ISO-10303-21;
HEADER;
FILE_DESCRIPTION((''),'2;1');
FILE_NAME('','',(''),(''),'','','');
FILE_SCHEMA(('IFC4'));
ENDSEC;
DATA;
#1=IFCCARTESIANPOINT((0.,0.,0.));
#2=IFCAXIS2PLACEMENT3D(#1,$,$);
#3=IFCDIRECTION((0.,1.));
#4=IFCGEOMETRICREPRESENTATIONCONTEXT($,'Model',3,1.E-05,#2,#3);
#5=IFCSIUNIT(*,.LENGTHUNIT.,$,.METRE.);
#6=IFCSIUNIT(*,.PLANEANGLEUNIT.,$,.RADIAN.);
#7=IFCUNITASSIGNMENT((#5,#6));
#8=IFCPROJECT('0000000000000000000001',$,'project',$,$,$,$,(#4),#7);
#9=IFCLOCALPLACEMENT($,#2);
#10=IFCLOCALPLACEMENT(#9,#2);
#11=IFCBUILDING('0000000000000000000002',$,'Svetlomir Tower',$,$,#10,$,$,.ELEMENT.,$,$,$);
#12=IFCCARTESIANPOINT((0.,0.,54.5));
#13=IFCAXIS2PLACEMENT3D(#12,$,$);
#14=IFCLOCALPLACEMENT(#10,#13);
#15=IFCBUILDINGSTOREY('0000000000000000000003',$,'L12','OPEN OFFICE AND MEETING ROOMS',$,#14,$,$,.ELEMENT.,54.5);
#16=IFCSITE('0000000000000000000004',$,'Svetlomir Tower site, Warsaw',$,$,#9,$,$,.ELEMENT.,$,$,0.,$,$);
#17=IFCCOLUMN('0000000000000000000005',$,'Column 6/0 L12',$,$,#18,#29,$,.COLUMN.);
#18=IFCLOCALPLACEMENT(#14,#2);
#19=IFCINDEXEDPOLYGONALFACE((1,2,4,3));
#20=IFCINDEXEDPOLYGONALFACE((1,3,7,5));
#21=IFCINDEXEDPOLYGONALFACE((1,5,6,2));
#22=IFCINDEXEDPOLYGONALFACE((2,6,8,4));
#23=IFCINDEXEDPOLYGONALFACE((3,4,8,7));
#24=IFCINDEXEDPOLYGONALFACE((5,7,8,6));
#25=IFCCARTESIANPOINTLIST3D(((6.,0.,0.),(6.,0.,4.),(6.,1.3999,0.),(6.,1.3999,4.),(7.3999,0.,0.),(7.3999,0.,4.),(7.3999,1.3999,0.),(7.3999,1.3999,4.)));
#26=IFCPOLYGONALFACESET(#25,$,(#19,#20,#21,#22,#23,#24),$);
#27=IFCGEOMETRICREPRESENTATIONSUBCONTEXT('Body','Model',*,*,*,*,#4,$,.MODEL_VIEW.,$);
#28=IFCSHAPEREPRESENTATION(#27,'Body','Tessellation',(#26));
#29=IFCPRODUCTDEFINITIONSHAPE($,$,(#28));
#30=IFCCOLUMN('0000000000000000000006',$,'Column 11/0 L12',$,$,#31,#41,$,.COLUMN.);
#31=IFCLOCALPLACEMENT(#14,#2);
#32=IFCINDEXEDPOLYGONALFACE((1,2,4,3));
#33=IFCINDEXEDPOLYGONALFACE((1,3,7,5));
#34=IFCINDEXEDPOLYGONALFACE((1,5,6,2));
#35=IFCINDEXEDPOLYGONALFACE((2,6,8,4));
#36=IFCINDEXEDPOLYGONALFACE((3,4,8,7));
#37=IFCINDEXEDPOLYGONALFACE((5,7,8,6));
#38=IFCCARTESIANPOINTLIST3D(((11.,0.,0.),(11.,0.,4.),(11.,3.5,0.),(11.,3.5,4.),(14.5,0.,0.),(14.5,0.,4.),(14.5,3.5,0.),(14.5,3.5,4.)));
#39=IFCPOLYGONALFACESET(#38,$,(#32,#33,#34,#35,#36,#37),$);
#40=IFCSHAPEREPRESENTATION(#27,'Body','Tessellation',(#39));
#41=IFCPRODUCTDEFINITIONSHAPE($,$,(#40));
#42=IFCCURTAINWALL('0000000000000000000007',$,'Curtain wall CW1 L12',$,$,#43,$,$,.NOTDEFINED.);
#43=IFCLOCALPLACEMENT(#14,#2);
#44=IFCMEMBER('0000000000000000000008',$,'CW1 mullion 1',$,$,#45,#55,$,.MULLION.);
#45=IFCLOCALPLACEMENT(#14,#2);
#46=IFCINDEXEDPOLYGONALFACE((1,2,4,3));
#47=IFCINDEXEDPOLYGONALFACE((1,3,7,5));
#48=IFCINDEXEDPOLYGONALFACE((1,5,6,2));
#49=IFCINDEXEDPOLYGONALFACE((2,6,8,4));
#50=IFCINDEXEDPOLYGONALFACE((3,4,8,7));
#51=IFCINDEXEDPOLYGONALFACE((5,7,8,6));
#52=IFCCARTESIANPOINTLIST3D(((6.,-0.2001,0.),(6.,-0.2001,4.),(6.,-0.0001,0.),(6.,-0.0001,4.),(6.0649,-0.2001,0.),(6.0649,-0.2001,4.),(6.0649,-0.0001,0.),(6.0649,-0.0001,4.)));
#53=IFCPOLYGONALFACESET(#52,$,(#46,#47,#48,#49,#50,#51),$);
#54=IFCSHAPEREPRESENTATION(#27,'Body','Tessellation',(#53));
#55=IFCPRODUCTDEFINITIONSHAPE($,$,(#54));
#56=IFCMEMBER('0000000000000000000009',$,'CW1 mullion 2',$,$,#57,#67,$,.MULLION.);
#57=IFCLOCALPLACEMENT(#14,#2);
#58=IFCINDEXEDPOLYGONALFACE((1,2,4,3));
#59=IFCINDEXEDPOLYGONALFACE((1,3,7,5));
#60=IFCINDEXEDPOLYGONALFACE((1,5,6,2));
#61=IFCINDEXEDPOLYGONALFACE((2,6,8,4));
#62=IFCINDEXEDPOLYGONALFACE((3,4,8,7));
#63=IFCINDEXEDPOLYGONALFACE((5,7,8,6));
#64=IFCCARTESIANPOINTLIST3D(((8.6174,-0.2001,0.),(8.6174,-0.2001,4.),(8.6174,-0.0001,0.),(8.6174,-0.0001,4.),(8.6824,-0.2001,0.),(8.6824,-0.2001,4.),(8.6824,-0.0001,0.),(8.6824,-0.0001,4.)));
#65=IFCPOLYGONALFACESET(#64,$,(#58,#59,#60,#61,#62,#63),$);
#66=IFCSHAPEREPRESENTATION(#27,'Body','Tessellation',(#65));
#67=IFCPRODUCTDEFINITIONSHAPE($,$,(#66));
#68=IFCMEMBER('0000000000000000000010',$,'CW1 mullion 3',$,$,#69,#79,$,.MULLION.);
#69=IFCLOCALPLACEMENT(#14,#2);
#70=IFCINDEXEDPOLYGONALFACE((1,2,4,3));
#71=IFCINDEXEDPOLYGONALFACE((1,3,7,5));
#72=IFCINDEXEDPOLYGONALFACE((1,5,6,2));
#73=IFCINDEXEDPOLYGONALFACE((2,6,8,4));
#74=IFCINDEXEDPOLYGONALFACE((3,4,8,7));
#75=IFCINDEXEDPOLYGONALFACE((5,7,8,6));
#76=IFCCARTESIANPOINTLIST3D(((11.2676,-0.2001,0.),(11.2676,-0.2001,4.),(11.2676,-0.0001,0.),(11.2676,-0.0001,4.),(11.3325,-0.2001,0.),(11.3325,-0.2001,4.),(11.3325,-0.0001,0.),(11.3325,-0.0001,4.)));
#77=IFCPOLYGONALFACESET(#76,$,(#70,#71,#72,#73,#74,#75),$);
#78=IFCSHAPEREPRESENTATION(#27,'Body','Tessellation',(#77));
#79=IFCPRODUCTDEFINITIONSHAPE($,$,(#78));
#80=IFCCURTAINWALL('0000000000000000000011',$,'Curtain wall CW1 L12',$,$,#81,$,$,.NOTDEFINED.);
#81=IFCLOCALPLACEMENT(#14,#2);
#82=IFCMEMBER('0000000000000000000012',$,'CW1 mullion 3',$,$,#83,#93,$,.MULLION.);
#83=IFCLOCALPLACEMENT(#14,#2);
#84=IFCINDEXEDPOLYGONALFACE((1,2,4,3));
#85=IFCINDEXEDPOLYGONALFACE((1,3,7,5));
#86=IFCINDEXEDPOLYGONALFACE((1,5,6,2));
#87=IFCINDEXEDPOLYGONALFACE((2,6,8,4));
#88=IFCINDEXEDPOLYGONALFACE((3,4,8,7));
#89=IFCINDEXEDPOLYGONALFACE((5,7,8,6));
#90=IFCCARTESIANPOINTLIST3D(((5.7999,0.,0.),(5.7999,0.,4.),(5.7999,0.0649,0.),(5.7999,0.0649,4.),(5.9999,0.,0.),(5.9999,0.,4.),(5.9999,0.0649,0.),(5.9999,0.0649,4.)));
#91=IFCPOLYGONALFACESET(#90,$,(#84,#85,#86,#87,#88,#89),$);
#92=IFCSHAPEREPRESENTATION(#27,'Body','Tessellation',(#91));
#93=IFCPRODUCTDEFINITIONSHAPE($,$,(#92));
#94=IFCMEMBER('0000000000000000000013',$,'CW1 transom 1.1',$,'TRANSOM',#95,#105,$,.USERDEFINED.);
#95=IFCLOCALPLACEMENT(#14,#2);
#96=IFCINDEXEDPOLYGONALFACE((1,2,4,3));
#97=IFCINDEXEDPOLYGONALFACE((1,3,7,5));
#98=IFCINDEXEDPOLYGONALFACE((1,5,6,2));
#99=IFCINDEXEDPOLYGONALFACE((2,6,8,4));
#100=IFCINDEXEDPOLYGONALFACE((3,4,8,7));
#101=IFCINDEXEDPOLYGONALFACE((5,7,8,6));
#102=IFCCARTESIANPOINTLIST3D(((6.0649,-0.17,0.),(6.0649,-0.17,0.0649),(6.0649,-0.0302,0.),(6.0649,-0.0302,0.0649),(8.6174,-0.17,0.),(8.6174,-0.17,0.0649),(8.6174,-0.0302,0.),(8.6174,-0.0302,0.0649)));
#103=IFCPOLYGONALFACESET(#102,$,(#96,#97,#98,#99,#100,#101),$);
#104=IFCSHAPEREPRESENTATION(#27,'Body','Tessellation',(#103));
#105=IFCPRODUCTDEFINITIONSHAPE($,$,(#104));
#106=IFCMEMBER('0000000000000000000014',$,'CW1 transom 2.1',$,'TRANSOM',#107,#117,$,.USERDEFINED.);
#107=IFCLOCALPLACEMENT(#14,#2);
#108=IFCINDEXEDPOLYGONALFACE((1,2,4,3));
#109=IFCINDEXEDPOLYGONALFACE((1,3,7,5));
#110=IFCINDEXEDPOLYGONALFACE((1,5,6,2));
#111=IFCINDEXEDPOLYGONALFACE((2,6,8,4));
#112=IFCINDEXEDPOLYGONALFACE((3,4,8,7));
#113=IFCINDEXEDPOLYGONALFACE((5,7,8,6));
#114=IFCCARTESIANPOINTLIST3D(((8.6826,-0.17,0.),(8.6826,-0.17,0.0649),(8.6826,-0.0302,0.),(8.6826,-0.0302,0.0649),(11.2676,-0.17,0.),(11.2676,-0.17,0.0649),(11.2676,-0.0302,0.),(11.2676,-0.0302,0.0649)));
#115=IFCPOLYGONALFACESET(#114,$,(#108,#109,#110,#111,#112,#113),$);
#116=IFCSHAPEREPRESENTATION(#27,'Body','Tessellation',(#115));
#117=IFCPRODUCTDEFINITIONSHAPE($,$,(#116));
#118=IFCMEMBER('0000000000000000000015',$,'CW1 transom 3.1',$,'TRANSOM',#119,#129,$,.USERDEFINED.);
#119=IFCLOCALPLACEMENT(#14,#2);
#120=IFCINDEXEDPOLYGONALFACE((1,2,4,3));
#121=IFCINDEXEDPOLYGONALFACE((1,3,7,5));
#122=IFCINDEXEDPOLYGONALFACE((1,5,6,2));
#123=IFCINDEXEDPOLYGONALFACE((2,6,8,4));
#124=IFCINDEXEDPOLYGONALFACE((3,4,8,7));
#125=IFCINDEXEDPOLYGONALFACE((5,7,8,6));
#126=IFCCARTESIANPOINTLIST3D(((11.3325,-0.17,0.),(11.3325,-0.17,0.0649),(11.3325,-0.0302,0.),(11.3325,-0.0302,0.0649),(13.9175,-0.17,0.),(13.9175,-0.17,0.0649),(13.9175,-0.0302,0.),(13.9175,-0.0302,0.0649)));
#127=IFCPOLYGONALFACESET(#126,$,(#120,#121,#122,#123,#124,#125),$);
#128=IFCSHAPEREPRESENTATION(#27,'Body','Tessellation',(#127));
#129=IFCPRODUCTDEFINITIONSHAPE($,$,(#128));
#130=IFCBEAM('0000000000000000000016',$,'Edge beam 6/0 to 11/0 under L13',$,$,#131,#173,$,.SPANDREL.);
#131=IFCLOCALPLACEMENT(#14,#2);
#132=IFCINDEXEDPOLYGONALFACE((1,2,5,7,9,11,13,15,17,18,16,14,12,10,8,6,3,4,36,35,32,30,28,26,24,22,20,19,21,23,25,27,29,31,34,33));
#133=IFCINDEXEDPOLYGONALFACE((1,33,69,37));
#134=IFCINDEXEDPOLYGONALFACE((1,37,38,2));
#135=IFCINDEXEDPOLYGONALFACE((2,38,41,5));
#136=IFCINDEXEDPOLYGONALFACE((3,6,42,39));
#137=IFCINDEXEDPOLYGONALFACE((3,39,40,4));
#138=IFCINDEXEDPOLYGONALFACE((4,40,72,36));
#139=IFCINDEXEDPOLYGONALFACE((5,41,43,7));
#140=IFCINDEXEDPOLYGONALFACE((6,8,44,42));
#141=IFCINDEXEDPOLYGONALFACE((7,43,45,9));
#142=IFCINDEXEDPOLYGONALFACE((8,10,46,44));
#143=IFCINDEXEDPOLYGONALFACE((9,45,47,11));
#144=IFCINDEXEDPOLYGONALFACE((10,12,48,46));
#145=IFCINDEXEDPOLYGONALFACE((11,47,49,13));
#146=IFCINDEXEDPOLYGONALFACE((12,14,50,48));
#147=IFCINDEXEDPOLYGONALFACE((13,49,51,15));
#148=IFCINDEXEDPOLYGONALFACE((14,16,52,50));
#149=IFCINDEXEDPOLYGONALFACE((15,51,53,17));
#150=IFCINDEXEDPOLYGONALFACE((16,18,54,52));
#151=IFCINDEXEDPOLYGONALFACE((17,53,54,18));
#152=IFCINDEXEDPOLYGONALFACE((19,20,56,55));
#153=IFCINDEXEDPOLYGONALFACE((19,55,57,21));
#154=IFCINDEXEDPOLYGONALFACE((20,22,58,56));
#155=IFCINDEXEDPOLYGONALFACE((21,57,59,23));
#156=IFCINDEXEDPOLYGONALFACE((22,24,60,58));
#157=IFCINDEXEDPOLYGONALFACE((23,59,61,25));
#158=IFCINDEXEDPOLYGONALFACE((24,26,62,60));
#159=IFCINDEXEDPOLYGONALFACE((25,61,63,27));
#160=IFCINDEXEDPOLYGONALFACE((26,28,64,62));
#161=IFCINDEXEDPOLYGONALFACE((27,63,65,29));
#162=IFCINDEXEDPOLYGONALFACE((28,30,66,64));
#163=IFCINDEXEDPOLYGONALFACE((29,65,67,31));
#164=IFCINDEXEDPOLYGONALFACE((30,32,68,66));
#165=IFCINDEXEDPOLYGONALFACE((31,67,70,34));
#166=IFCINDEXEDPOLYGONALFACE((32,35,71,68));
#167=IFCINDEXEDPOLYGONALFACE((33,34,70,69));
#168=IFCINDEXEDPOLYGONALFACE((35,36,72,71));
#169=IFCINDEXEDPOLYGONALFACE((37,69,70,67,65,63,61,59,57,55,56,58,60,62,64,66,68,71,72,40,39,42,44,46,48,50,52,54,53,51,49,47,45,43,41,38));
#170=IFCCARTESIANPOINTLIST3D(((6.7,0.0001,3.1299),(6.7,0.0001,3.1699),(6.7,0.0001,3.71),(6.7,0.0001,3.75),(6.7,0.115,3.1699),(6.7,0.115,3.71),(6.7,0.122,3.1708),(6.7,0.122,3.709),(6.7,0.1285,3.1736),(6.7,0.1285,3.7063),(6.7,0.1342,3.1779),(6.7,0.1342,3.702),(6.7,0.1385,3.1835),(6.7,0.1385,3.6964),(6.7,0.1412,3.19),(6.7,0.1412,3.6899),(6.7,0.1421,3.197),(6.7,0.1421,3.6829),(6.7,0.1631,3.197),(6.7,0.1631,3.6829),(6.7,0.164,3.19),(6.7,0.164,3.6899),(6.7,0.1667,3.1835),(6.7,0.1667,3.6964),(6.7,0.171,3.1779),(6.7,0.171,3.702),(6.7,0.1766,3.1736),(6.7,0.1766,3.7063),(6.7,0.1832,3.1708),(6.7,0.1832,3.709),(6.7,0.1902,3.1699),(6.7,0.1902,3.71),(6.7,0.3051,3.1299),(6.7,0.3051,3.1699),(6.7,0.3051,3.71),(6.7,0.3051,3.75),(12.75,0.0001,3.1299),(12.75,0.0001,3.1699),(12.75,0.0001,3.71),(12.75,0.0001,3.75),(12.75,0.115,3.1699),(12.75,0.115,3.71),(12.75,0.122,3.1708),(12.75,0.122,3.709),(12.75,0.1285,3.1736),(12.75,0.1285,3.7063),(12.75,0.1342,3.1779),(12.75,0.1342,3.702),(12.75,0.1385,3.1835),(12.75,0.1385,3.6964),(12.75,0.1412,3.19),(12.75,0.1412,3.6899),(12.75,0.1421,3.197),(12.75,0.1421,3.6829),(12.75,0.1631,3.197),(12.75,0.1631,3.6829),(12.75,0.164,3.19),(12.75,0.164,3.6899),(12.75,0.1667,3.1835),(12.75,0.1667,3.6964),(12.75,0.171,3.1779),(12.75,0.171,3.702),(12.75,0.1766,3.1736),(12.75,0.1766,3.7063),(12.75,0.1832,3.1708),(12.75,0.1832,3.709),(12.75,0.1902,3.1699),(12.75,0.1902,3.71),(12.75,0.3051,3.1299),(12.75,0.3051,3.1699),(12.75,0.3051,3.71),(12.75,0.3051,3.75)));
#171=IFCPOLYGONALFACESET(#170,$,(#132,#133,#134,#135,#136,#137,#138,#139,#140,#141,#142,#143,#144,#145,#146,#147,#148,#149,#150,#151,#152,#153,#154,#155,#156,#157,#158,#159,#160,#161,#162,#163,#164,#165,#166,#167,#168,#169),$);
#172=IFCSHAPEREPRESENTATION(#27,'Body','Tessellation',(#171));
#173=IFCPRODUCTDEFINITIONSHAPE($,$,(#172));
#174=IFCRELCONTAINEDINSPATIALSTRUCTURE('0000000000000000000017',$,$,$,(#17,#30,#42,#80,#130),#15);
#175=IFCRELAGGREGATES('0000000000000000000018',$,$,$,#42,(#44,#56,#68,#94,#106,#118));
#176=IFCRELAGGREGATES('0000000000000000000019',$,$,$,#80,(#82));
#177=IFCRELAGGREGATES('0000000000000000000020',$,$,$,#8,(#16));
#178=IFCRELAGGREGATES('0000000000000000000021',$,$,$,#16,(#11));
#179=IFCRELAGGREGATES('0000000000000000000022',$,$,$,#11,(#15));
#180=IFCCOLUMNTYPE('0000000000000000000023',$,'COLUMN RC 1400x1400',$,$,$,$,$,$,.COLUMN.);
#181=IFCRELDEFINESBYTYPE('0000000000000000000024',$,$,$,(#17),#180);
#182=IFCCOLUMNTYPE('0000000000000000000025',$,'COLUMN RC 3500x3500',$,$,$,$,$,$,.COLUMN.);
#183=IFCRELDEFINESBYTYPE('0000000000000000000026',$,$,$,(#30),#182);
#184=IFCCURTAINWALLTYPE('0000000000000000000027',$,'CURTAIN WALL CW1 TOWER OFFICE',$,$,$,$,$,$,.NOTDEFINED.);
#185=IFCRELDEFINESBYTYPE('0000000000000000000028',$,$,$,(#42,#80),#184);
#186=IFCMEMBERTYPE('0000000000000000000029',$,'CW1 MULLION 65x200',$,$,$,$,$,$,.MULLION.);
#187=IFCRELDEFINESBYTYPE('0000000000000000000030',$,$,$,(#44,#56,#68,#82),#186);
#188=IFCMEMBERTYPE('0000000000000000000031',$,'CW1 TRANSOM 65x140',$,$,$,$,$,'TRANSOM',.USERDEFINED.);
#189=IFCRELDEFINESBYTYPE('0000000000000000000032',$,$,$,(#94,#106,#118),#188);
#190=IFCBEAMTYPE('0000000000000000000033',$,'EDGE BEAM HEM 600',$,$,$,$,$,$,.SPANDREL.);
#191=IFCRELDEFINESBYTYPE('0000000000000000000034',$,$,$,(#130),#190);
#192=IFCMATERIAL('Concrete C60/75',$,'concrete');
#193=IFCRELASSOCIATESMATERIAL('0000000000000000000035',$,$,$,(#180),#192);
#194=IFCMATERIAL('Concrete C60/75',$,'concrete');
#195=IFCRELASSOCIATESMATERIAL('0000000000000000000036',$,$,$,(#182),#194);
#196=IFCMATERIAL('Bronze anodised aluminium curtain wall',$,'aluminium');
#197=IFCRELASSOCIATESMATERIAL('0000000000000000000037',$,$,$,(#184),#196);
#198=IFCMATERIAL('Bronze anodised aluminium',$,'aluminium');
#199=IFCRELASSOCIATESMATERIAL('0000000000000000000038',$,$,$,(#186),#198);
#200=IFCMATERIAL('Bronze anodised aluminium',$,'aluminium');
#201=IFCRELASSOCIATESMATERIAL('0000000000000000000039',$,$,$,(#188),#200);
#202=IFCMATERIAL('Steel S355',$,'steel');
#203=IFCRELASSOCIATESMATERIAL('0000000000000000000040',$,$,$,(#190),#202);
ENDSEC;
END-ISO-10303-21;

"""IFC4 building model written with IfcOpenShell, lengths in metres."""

from ifc_helpers import new_model, si_unit, direction, frame, origin, origin_2d, place, context, subcontext, project, spatial, rectangle, i_section, extrude, material, material_profile, profile_set, type_object, element, aggregate, save


model = new_model("IFC4")

# Units and contexts
model_context = context("Model", 3, precision=1e-05, world=origin(), true_north=direction((0.0, 1.0)))
body_context = subcontext(model_context, "Body", "Model", "MODEL_VIEW")
ifc_project = project(units=[si_unit("LENGTHUNIT", "METRE"), si_unit("PLANEANGLEUNIT", "RADIAN")], contexts=[model_context])

# Site, building, storey
site_placement = place(None, origin())
site = spatial("IfcSite", under=ifc_project, at=site_placement, Name="Svetlomir Tower site, Warsaw", CompositionType="ELEMENT", RefElevation=0.0)
building_placement = place(site_placement, origin())
building = spatial("IfcBuilding", under=site, at=building_placement, Name="Svetlomir Tower", CompositionType="ELEMENT")
storey_placement = place(building_placement, frame((0.0, 0.0, 54.5)))
storey = spatial("IfcBuildingStorey", under=building, at=storey_placement, Name="L12", Description="OPEN OFFICE AND MEETING ROOMS", CompositionType="ELEMENT", Elevation=54.5)

# Columns
ifc_material_1 = material(Name="Concrete C60/75", Category="concrete")
ifc_material_profile_1 = material_profile(ifc_material_1, rectangle(XDim=1.3999, YDim=1.3999, at=origin_2d()), Name="RC 1400x1400")
ifc_profile_set_1 = profile_set([ifc_material_profile_1], Name="Concrete C60/75")
column_type_1 = type_object("IfcColumnType", Name="COLUMN RC 1400x1400", PredefinedType="COLUMN", material=ifc_profile_set_1)
column_1_placement = place(storey_placement, frame((6.7, 0.7, 0.0), z_axis=(0.0, 0.0, 1.0), x_axis=(1.0, 0.0, 0.0)))
element("IfcColumn", 1, at=column_1_placement, inside=storey, type_object=column_type_1, Name="Column 6/0 L12", PredefinedType="COLUMN", context=body_context, shape_type="SweptSolid", body=[
    extrude(rectangle(XDim=1.3999, YDim=1.3999, at=origin_2d()), origin(), (0.0, 0.0, 1.0), 4.0),
])
ifc_material_2 = material(Name="Concrete C60/75", Category="concrete")
ifc_material_profile_2 = material_profile(ifc_material_2, rectangle(XDim=3.5, YDim=3.5, at=origin_2d()), Name="RC 3500x3500")
ifc_profile_set_2 = profile_set([ifc_material_profile_2], Name="Concrete C60/75")
column_type_2 = type_object("IfcColumnType", Name="COLUMN RC 3500x3500", PredefinedType="COLUMN", material=ifc_profile_set_2)
column_2_placement = place(storey_placement, frame((12.75, 1.75, 0.0), z_axis=(0.0, 0.0, 1.0), x_axis=(1.0, 0.0, 0.0)))
element("IfcColumn", 2, at=column_2_placement, inside=storey, type_object=column_type_2, Name="Column 11/0 L12", PredefinedType="COLUMN", context=body_context, shape_type="SweptSolid", body=[
    extrude(rectangle(XDim=3.5, YDim=3.5, at=origin_2d()), origin(), (0.0, 0.0, 1.0), 4.0),
])

# Curtain wall, members
ifc_material_3 = material(Name="Bronze anodised aluminium curtain wall", Category="aluminium")
curtain_wall_type = type_object("IfcCurtainWallType", Name="CURTAIN WALL CW1 TOWER OFFICE", PredefinedType="NOTDEFINED", material=ifc_material_3)
curtain_wall_1_placement = place(storey_placement, origin())
curtain_wall_1 = element("IfcCurtainWall", 3, at=curtain_wall_1_placement, inside=storey, type_object=curtain_wall_type, Name="Curtain wall CW1 L12", PredefinedType="NOTDEFINED")
ifc_material_4 = material(Name="Bronze anodised aluminium", Category="aluminium")
ifc_material_profile_3 = material_profile(ifc_material_4, rectangle(XDim=0.0649, YDim=0.2, at=origin_2d()), Name="AL 65x200")
ifc_profile_set_3 = profile_set([ifc_material_profile_3], Name="Bronze anodised aluminium 6063-T6")
member_type_1 = type_object("IfcMemberType", Name="CW1 MULLION 65x200", PredefinedType="MULLION", material=ifc_profile_set_3)
member_1_placement = place(storey_placement, frame((6.0325, -0.1001, 0.0), z_axis=(0.0, 0.0, 1.0), x_axis=(1.0, 0.0, 0.0)))
member_1 = element("IfcMember", 4, at=member_1_placement, type_object=member_type_1, Name="CW1 mullion 1", PredefinedType="MULLION", context=body_context, shape_type="SweptSolid", body=[
    extrude(rectangle(XDim=0.0649, YDim=0.2, at=origin_2d()), origin(), (0.0, 0.0, 1.0), 4.0),
])
member_2_placement = place(storey_placement, frame((8.6499, -0.1001, 0.0), z_axis=(0.0, 0.0, 1.0), x_axis=(1.0, 0.0, 0.0)))
member_2 = element("IfcMember", 5, at=member_2_placement, type_object=member_type_1, Name="CW1 mullion 2", PredefinedType="MULLION", context=body_context, shape_type="SweptSolid", body=[
    extrude(rectangle(XDim=0.0649, YDim=0.2, at=origin_2d()), origin(), (0.0, 0.0, 1.0), 4.0),
])
member_3_placement = place(storey_placement, frame((11.3, -0.1001, 0.0), z_axis=(0.0, 0.0, 1.0), x_axis=(1.0, 0.0, 0.0)))
member_3 = element("IfcMember", 6, at=member_3_placement, type_object=member_type_1, Name="CW1 mullion 3", PredefinedType="MULLION", context=body_context, shape_type="SweptSolid", body=[
    extrude(rectangle(XDim=0.0649, YDim=0.2, at=origin_2d()), origin(), (0.0, 0.0, 1.0), 4.0),
])

# Curtain wall, member
curtain_wall_2_placement = place(storey_placement, origin())
curtain_wall_2 = element("IfcCurtainWall", 7, at=curtain_wall_2_placement, inside=storey, type_object=curtain_wall_type, Name="Curtain wall CW1 L12", PredefinedType="NOTDEFINED")
member_4_placement = place(storey_placement, frame((5.8999, 0.0325, 0.0), z_axis=(0.0, 0.0, 1.0), x_axis=(0.0, -1.0, 0.0)))
member_4 = element("IfcMember", 8, at=member_4_placement, type_object=member_type_1, Name="CW1 mullion 3", PredefinedType="MULLION", context=body_context, shape_type="SweptSolid", body=[
    extrude(rectangle(XDim=0.0649, YDim=0.2, at=origin_2d()), origin(), (0.0, 0.0, 1.0), 4.0),
])

# Members
ifc_material_5 = material(Name="Bronze anodised aluminium", Category="aluminium")
ifc_material_profile_4 = material_profile(ifc_material_5, rectangle(XDim=0.1399, YDim=0.0649, at=origin_2d()), Name="AL 140x65")
ifc_profile_set_4 = profile_set([ifc_material_profile_4], Name="Bronze anodised aluminium 6063-T6")
member_type_2 = type_object("IfcMemberType", Name="CW1 TRANSOM 65x140", ElementType="TRANSOM", PredefinedType="USERDEFINED", material=ifc_profile_set_4)
member_5_placement = place(storey_placement, frame((6.0649, -0.1001, 0.0325), z_axis=(1.0, 0.0, 0.0), x_axis=(0.0, 1.0, 0.0)))
member_5 = element("IfcMember", 9, at=member_5_placement, type_object=member_type_2, Name="CW1 transom 1.1", ObjectType="TRANSOM", PredefinedType="USERDEFINED", context=body_context, shape_type="SweptSolid", body=[
    extrude(rectangle(XDim=0.1399, YDim=0.0649, at=origin_2d()), origin(), (0.0, 0.0, 1.0), 2.5525),
])
member_6_placement = place(storey_placement, frame((8.6826, -0.1001, 0.0325), z_axis=(1.0, 0.0, 0.0), x_axis=(0.0, 1.0, 0.0)))
member_6 = element("IfcMember", 10, at=member_6_placement, type_object=member_type_2, Name="CW1 transom 2.1", ObjectType="TRANSOM", PredefinedType="USERDEFINED", context=body_context, shape_type="SweptSolid", body=[
    extrude(rectangle(XDim=0.1399, YDim=0.0649, at=origin_2d()), origin(), (0.0, 0.0, 1.0), 2.585),
])
member_7_placement = place(storey_placement, frame((11.3325, -0.1001, 0.0325), z_axis=(1.0, 0.0, 0.0), x_axis=(0.0, 1.0, 0.0)))
member_7 = element("IfcMember", 11, at=member_7_placement, type_object=member_type_2, Name="CW1 transom 3.1", ObjectType="TRANSOM", PredefinedType="USERDEFINED", context=body_context, shape_type="SweptSolid", body=[
    extrude(rectangle(XDim=0.1399, YDim=0.0649, at=origin_2d()), origin(), (0.0, 0.0, 1.0), 2.585),
])

# Beam
ifc_material_6 = material(Name="Steel S355", Category="steel")
ifc_material_profile_5 = material_profile(ifc_material_6, i_section(OverallWidth=0.3049, OverallDepth=0.6201, WebThickness=0.021, FlangeThickness=0.04, FilletRadius=0.0271, at=origin_2d()), Name="HEM 600")
ifc_profile_set_5 = profile_set([ifc_material_profile_5], Name="Steel S355")
beam_type = type_object("IfcBeamType", Name="EDGE BEAM HEM 600", PredefinedType="SPANDREL", material=ifc_profile_set_5)
beam_1_placement = place(storey_placement, frame((6.7, 0.1526, 3.4399), z_axis=(1.0, 0.0, 0.0), x_axis=(0.0, 1.0, 0.0)))
element("IfcBeam", 12, at=beam_1_placement, inside=storey, type_object=beam_type, Name="Edge beam 6/0 to 11/0 under L13", PredefinedType="SPANDREL", context=body_context, shape_type="SweptSolid", body=[
    extrude(i_section(OverallWidth=0.3049, OverallDepth=0.6201, WebThickness=0.021, FlangeThickness=0.04, FilletRadius=0.0271, at=origin_2d()), origin(), (0.0, 0.0, 1.0), 6.05),
])

aggregate(curtain_wall_1, [member_1, member_2, member_3, member_5, member_6, member_7])
aggregate(curtain_wall_2, [member_4])

save(model, "model.ifc")
